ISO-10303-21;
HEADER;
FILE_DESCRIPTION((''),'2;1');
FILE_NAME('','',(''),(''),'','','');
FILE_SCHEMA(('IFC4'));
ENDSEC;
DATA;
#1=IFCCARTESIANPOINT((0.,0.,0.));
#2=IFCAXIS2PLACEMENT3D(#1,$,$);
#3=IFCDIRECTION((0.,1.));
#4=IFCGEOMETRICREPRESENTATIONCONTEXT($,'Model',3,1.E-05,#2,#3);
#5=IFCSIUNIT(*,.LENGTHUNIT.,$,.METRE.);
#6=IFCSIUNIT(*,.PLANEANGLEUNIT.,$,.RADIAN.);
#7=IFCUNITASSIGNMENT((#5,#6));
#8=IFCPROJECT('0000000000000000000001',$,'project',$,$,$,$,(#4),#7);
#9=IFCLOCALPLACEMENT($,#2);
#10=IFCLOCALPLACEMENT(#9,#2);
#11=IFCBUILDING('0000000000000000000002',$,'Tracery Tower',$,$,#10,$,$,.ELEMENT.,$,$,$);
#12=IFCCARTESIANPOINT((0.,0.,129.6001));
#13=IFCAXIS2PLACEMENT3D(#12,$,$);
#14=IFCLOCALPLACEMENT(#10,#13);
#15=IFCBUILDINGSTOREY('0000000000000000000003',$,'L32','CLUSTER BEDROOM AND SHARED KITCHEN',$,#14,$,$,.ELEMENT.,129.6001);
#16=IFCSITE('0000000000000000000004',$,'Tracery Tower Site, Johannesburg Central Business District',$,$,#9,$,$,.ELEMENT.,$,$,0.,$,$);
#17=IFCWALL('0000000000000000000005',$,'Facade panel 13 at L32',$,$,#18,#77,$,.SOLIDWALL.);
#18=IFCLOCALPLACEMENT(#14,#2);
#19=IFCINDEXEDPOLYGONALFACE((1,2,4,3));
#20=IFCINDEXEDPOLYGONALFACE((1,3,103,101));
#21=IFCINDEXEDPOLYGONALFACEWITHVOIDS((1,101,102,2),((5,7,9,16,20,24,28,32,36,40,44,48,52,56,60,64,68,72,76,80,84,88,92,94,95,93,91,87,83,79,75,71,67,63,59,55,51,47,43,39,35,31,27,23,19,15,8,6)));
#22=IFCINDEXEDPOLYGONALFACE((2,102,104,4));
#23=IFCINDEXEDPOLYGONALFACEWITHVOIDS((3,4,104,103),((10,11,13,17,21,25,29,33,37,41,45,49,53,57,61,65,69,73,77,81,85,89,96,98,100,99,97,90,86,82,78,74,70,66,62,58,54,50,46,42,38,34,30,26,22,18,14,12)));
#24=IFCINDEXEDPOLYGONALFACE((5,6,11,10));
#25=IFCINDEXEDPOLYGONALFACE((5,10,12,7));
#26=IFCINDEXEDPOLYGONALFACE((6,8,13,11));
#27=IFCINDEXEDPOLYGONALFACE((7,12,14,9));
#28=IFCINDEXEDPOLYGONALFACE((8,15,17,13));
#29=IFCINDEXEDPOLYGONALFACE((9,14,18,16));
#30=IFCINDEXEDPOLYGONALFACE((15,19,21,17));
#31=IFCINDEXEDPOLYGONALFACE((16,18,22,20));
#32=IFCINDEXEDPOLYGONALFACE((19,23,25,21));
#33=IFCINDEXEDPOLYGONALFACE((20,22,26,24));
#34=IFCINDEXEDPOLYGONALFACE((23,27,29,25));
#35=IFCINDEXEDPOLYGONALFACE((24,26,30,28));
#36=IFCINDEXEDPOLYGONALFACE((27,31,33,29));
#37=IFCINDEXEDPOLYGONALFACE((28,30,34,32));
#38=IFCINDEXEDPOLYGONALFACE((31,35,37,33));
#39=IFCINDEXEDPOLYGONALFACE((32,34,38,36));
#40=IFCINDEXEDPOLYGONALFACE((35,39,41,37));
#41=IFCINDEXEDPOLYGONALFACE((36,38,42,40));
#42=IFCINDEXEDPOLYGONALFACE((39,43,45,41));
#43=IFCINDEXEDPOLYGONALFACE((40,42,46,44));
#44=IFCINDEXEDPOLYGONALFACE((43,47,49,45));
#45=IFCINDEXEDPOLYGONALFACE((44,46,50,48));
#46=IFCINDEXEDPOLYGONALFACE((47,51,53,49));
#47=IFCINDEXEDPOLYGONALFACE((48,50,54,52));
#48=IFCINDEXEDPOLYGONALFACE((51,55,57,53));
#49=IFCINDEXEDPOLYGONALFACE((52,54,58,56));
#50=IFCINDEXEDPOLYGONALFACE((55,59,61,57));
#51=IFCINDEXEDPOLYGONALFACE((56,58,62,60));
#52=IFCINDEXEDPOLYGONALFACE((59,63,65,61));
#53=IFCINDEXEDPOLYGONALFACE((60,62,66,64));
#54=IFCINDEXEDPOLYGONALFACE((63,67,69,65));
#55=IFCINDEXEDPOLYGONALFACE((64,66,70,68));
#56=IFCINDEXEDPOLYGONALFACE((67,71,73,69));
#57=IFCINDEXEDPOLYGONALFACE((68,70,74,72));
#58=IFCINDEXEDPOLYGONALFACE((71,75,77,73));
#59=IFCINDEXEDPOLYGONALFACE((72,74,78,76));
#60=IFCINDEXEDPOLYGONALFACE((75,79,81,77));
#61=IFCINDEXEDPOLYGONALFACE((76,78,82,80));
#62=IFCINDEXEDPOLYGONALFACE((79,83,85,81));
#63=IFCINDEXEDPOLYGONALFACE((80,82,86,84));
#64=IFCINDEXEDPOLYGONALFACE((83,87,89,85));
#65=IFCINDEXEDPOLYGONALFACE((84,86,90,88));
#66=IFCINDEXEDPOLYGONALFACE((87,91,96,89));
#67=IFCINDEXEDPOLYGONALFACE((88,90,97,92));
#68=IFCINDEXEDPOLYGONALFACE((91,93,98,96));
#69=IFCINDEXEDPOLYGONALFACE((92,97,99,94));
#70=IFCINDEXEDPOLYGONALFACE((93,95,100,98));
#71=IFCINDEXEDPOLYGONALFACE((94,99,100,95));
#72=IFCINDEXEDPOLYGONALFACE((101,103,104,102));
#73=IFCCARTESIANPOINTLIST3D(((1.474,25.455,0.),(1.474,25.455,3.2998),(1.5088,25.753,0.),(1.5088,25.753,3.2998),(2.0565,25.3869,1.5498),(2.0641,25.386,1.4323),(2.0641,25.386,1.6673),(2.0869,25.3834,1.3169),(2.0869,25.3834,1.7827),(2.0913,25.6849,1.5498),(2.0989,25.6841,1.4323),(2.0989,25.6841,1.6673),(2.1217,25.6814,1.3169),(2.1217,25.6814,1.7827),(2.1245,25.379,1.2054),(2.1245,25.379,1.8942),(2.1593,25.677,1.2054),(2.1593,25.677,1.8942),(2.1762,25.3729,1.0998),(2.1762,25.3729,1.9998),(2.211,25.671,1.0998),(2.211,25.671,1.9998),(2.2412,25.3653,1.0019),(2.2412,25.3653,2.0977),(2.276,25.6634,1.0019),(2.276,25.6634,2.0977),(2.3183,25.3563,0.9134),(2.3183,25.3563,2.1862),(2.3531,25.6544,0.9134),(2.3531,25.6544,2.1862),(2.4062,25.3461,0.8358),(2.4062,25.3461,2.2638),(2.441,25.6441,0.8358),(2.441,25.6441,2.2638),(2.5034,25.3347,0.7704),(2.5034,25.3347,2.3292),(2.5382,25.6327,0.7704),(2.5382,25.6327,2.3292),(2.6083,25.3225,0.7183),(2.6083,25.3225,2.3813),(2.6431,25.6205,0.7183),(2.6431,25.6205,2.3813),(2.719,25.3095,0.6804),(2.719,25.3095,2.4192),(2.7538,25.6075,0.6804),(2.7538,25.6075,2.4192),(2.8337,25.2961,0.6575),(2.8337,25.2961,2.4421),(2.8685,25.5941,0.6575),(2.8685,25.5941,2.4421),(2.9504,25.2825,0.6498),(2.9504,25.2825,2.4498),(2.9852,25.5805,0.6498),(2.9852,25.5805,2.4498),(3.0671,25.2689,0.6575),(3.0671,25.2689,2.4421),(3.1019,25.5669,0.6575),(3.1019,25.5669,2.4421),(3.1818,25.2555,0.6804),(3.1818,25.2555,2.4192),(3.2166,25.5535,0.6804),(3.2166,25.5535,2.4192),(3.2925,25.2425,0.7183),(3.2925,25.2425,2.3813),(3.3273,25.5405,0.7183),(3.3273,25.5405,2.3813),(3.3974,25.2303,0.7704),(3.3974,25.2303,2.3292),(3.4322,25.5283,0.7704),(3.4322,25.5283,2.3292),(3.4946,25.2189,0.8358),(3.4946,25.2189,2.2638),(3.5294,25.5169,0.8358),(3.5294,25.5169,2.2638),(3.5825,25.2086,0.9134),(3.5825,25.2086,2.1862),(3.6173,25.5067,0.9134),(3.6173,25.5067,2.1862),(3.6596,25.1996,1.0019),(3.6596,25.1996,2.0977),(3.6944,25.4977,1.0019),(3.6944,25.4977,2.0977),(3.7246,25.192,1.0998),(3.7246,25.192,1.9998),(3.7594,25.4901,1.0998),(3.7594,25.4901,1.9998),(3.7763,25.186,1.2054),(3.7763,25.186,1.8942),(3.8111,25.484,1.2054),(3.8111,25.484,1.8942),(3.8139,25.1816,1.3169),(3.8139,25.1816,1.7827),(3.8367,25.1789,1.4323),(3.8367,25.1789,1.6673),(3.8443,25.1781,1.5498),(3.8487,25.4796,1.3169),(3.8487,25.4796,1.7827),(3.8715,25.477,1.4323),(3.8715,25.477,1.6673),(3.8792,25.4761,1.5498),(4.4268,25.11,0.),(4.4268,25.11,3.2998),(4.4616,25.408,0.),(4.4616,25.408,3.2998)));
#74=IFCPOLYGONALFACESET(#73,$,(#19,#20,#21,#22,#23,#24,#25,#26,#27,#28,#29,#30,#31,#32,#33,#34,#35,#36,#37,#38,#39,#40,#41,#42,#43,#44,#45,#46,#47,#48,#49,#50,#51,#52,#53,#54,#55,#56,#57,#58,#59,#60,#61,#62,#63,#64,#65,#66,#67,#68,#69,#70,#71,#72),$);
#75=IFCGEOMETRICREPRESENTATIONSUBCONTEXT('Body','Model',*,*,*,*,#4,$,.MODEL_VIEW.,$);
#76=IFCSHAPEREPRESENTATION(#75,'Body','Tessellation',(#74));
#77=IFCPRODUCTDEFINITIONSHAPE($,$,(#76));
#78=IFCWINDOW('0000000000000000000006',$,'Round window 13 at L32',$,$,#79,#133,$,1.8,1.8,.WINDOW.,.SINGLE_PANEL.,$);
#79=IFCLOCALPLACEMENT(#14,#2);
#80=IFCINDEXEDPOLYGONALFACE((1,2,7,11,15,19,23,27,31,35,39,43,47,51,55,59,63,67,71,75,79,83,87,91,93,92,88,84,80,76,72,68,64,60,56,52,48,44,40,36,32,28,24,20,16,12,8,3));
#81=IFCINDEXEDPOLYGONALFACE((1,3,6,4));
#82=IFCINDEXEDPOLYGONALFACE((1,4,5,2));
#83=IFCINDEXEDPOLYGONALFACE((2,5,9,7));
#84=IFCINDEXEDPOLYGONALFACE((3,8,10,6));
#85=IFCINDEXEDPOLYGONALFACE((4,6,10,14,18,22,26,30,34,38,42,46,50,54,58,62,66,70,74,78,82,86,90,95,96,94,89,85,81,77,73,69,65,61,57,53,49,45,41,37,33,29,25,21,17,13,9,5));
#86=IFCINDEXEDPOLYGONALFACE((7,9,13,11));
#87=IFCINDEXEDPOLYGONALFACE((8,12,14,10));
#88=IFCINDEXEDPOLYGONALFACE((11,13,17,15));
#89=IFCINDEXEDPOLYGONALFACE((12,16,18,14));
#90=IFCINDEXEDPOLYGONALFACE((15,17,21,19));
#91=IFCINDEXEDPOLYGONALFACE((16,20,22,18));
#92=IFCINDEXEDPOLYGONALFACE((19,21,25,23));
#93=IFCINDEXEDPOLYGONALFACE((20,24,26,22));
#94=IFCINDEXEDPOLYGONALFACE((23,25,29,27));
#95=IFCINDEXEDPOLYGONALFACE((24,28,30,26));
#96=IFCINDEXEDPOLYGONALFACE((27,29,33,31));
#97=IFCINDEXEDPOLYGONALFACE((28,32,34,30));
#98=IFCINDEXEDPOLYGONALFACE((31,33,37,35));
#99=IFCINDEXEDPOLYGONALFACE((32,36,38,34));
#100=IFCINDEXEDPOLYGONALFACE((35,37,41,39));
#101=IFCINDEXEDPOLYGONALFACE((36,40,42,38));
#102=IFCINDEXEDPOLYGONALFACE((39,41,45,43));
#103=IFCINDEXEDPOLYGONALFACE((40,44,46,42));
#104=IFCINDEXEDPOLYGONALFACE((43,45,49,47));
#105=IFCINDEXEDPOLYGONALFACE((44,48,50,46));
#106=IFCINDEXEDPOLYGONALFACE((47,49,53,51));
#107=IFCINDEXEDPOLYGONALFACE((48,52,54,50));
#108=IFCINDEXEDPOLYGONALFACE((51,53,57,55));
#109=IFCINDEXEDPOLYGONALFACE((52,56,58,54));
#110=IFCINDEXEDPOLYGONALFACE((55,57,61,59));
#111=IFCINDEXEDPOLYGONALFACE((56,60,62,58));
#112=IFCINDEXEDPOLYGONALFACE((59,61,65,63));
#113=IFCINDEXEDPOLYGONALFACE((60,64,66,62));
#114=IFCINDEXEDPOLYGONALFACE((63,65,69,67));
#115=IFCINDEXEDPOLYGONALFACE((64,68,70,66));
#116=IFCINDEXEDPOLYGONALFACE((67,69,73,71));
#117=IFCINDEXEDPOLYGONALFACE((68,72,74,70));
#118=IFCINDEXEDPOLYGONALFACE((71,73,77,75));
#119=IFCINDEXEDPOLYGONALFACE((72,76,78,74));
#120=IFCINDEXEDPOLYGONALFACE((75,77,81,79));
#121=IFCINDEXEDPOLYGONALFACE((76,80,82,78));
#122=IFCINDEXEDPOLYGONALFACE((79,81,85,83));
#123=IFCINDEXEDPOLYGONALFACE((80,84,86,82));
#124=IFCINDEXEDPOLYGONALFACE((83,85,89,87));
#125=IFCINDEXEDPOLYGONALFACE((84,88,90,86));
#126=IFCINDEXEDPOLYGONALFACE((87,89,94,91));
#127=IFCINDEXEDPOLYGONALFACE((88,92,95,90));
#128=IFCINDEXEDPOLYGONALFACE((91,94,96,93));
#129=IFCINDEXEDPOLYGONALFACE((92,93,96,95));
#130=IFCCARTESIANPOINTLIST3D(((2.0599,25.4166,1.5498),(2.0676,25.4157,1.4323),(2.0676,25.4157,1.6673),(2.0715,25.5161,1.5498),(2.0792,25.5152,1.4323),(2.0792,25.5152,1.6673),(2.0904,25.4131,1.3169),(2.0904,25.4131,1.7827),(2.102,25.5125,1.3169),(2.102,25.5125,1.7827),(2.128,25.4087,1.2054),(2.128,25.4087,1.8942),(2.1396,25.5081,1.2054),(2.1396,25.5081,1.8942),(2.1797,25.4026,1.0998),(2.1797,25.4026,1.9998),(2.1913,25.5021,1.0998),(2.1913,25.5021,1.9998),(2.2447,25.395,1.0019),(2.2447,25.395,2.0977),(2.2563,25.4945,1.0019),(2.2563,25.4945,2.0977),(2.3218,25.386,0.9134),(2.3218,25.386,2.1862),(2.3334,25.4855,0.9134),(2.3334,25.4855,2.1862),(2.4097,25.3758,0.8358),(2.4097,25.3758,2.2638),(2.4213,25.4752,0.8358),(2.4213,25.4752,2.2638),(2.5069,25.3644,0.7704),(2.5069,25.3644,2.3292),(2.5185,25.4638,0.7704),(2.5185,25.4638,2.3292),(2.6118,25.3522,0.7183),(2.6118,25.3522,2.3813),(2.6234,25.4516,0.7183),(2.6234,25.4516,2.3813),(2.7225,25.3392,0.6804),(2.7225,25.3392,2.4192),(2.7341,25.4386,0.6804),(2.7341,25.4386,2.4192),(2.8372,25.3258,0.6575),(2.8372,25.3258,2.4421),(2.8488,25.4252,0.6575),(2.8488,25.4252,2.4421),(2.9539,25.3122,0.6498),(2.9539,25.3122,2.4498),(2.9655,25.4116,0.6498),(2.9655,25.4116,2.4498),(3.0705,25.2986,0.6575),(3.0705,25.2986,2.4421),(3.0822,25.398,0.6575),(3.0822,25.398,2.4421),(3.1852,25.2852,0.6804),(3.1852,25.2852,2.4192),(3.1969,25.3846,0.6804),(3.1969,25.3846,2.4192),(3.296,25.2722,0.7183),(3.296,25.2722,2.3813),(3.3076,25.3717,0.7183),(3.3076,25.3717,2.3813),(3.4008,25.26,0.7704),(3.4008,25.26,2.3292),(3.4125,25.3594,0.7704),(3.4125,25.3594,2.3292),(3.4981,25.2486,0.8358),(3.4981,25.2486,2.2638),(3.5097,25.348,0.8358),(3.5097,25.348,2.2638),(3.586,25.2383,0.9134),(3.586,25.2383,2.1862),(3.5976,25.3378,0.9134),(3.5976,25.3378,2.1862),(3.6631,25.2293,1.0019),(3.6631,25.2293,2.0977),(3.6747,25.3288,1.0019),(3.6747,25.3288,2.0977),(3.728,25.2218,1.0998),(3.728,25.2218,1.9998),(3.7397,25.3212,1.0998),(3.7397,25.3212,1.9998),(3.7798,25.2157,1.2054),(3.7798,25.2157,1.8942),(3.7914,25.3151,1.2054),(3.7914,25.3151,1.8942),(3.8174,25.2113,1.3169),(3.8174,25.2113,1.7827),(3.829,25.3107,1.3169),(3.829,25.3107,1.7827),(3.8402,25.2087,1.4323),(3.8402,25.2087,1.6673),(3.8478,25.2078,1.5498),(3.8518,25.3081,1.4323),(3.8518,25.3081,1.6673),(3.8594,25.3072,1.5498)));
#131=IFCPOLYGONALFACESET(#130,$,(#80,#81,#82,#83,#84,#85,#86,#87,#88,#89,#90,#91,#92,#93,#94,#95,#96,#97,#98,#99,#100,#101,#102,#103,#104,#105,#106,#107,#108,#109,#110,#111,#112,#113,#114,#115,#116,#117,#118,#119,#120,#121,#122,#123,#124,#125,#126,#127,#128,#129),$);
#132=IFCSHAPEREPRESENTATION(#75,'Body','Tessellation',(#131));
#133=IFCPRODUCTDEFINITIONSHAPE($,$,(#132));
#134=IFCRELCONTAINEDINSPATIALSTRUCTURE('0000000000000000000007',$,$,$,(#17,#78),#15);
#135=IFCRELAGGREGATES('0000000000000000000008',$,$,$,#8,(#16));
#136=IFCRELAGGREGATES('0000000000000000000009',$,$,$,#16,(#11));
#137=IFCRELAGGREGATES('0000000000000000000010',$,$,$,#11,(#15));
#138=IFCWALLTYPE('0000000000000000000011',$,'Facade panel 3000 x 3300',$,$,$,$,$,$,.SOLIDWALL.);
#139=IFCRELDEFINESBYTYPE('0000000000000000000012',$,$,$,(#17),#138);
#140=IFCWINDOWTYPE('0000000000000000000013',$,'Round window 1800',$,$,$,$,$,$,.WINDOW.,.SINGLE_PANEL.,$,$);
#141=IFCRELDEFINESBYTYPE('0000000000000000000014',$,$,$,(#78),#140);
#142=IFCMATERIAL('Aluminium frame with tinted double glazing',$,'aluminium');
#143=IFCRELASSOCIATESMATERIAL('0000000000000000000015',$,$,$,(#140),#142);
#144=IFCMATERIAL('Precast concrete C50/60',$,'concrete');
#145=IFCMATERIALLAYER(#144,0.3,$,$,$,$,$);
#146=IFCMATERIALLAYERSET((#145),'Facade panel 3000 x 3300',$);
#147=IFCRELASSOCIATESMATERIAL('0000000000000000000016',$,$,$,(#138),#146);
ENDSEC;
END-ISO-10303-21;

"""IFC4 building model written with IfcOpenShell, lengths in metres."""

from ifc_helpers import new_model, si_unit, direction, frame, frame_2d, origin, origin_2d, place, context, subcontext, project, spatial, rectangle, circle, extrude, material, layer, layer_set, type_object, element, fill, save


model = new_model("IFC4")

# Units and contexts
model_context = context("Model", 3, precision=1e-05, world=origin(), true_north=direction((0.0, 1.0)))
body_context = subcontext(model_context, "Body", "Model", "MODEL_VIEW")
ifc_project = project(units=[si_unit("LENGTHUNIT", "METRE"), si_unit("PLANEANGLEUNIT", "RADIAN")], contexts=[model_context])

# Site, building, storey
site_placement = place(None, origin())
site = spatial("IfcSite", under=ifc_project, at=site_placement, Name="Tracery Tower Site, Johannesburg Central Business District", CompositionType="ELEMENT", RefElevation=0.0)
building_placement = place(site_placement, origin())
building = spatial("IfcBuilding", under=site, at=building_placement, Name="Tracery Tower", CompositionType="ELEMENT")
storey_placement = place(building_placement, frame((0.0, 0.0, 129.6001)))
storey = spatial("IfcBuildingStorey", under=building, at=storey_placement, Name="L32", Description="CLUSTER BEDROOM AND SHARED KITCHEN", CompositionType="ELEMENT", Elevation=129.6001)

# Wall, opening, window
ifc_material_1 = material(Name="Aluminium frame with tinted double glazing", Category="aluminium")
window_type = type_object("IfcWindowType", Name="Round window 1800", PartitioningType="SINGLE_PANEL", PredefinedType="WINDOW", material=ifc_material_1)
ifc_material_2 = material(Name="Precast concrete C50/60", Category="concrete")
ifc_layer_1 = layer(ifc_material_2, 0.3)
ifc_layer_set_1 = layer_set([ifc_layer_1], Name="Facade panel 3000 x 3300")
wall_type_1 = type_object("IfcWallType", Name="Facade panel 3000 x 3300", PredefinedType="SOLIDWALL", material=ifc_layer_set_1)
wall_1_placement = place(storey_placement, frame((4.4441, 25.259, 0.0), z_axis=(0.0, 0.0, 1.0), x_axis=(-0.993245, 0.116036, 0.0)))
wall_1 = element("IfcWall", 1, at=wall_1_placement, inside=storey, type_object=wall_type_1, Name="Facade panel 13 at L32", PredefinedType="SOLIDWALL", context=body_context, shape_type="SweptSolid", body=[
    extrude(rectangle(XDim=2.9729, YDim=0.3, at=frame_2d((1.4863, 0.0))), origin(), (0.0, 0.0, 1.0), 3.2998),
])
opening_1_placement = place(wall_1_placement, frame((1.4863, 0.0, 1.5498)))
opening_1 = element("IfcOpeningElement", 2, at=opening_1_placement, cuts=wall_1, PredefinedType="OPENING", context=body_context, shape_type="SweptSolid", body=[
    extrude(circle(Radius=0.9, at=origin_2d()), frame((0.0, 0.1599, 0.0), z_axis=(0.0, -1.0, 0.0), x_axis=(1.0, 0.0, 0.0)), (0.0, 0.0, 1.0), 0.3201),
])
window_1_placement = place(opening_1_placement, origin())
window_1 = element("IfcWindow", 3, at=window_1_placement, inside=storey, type_object=window_type, Name="Round window 13 at L32", OverallHeight=1.8, OverallWidth=1.8, PartitioningType="SINGLE_PANEL", PredefinedType="WINDOW", context=body_context, shape_type="SweptSolid", body=[
    extrude(circle(Radius=0.9, at=origin_2d()), frame((0.0, 0.1201, 0.0), z_axis=(0.0, -1.0, 0.0), x_axis=(1.0, 0.0, 0.0)), (0.0, 0.0, 1.0), 0.1001),
])
fill(opening_1, window_1)

save(model, "model.ifc")
